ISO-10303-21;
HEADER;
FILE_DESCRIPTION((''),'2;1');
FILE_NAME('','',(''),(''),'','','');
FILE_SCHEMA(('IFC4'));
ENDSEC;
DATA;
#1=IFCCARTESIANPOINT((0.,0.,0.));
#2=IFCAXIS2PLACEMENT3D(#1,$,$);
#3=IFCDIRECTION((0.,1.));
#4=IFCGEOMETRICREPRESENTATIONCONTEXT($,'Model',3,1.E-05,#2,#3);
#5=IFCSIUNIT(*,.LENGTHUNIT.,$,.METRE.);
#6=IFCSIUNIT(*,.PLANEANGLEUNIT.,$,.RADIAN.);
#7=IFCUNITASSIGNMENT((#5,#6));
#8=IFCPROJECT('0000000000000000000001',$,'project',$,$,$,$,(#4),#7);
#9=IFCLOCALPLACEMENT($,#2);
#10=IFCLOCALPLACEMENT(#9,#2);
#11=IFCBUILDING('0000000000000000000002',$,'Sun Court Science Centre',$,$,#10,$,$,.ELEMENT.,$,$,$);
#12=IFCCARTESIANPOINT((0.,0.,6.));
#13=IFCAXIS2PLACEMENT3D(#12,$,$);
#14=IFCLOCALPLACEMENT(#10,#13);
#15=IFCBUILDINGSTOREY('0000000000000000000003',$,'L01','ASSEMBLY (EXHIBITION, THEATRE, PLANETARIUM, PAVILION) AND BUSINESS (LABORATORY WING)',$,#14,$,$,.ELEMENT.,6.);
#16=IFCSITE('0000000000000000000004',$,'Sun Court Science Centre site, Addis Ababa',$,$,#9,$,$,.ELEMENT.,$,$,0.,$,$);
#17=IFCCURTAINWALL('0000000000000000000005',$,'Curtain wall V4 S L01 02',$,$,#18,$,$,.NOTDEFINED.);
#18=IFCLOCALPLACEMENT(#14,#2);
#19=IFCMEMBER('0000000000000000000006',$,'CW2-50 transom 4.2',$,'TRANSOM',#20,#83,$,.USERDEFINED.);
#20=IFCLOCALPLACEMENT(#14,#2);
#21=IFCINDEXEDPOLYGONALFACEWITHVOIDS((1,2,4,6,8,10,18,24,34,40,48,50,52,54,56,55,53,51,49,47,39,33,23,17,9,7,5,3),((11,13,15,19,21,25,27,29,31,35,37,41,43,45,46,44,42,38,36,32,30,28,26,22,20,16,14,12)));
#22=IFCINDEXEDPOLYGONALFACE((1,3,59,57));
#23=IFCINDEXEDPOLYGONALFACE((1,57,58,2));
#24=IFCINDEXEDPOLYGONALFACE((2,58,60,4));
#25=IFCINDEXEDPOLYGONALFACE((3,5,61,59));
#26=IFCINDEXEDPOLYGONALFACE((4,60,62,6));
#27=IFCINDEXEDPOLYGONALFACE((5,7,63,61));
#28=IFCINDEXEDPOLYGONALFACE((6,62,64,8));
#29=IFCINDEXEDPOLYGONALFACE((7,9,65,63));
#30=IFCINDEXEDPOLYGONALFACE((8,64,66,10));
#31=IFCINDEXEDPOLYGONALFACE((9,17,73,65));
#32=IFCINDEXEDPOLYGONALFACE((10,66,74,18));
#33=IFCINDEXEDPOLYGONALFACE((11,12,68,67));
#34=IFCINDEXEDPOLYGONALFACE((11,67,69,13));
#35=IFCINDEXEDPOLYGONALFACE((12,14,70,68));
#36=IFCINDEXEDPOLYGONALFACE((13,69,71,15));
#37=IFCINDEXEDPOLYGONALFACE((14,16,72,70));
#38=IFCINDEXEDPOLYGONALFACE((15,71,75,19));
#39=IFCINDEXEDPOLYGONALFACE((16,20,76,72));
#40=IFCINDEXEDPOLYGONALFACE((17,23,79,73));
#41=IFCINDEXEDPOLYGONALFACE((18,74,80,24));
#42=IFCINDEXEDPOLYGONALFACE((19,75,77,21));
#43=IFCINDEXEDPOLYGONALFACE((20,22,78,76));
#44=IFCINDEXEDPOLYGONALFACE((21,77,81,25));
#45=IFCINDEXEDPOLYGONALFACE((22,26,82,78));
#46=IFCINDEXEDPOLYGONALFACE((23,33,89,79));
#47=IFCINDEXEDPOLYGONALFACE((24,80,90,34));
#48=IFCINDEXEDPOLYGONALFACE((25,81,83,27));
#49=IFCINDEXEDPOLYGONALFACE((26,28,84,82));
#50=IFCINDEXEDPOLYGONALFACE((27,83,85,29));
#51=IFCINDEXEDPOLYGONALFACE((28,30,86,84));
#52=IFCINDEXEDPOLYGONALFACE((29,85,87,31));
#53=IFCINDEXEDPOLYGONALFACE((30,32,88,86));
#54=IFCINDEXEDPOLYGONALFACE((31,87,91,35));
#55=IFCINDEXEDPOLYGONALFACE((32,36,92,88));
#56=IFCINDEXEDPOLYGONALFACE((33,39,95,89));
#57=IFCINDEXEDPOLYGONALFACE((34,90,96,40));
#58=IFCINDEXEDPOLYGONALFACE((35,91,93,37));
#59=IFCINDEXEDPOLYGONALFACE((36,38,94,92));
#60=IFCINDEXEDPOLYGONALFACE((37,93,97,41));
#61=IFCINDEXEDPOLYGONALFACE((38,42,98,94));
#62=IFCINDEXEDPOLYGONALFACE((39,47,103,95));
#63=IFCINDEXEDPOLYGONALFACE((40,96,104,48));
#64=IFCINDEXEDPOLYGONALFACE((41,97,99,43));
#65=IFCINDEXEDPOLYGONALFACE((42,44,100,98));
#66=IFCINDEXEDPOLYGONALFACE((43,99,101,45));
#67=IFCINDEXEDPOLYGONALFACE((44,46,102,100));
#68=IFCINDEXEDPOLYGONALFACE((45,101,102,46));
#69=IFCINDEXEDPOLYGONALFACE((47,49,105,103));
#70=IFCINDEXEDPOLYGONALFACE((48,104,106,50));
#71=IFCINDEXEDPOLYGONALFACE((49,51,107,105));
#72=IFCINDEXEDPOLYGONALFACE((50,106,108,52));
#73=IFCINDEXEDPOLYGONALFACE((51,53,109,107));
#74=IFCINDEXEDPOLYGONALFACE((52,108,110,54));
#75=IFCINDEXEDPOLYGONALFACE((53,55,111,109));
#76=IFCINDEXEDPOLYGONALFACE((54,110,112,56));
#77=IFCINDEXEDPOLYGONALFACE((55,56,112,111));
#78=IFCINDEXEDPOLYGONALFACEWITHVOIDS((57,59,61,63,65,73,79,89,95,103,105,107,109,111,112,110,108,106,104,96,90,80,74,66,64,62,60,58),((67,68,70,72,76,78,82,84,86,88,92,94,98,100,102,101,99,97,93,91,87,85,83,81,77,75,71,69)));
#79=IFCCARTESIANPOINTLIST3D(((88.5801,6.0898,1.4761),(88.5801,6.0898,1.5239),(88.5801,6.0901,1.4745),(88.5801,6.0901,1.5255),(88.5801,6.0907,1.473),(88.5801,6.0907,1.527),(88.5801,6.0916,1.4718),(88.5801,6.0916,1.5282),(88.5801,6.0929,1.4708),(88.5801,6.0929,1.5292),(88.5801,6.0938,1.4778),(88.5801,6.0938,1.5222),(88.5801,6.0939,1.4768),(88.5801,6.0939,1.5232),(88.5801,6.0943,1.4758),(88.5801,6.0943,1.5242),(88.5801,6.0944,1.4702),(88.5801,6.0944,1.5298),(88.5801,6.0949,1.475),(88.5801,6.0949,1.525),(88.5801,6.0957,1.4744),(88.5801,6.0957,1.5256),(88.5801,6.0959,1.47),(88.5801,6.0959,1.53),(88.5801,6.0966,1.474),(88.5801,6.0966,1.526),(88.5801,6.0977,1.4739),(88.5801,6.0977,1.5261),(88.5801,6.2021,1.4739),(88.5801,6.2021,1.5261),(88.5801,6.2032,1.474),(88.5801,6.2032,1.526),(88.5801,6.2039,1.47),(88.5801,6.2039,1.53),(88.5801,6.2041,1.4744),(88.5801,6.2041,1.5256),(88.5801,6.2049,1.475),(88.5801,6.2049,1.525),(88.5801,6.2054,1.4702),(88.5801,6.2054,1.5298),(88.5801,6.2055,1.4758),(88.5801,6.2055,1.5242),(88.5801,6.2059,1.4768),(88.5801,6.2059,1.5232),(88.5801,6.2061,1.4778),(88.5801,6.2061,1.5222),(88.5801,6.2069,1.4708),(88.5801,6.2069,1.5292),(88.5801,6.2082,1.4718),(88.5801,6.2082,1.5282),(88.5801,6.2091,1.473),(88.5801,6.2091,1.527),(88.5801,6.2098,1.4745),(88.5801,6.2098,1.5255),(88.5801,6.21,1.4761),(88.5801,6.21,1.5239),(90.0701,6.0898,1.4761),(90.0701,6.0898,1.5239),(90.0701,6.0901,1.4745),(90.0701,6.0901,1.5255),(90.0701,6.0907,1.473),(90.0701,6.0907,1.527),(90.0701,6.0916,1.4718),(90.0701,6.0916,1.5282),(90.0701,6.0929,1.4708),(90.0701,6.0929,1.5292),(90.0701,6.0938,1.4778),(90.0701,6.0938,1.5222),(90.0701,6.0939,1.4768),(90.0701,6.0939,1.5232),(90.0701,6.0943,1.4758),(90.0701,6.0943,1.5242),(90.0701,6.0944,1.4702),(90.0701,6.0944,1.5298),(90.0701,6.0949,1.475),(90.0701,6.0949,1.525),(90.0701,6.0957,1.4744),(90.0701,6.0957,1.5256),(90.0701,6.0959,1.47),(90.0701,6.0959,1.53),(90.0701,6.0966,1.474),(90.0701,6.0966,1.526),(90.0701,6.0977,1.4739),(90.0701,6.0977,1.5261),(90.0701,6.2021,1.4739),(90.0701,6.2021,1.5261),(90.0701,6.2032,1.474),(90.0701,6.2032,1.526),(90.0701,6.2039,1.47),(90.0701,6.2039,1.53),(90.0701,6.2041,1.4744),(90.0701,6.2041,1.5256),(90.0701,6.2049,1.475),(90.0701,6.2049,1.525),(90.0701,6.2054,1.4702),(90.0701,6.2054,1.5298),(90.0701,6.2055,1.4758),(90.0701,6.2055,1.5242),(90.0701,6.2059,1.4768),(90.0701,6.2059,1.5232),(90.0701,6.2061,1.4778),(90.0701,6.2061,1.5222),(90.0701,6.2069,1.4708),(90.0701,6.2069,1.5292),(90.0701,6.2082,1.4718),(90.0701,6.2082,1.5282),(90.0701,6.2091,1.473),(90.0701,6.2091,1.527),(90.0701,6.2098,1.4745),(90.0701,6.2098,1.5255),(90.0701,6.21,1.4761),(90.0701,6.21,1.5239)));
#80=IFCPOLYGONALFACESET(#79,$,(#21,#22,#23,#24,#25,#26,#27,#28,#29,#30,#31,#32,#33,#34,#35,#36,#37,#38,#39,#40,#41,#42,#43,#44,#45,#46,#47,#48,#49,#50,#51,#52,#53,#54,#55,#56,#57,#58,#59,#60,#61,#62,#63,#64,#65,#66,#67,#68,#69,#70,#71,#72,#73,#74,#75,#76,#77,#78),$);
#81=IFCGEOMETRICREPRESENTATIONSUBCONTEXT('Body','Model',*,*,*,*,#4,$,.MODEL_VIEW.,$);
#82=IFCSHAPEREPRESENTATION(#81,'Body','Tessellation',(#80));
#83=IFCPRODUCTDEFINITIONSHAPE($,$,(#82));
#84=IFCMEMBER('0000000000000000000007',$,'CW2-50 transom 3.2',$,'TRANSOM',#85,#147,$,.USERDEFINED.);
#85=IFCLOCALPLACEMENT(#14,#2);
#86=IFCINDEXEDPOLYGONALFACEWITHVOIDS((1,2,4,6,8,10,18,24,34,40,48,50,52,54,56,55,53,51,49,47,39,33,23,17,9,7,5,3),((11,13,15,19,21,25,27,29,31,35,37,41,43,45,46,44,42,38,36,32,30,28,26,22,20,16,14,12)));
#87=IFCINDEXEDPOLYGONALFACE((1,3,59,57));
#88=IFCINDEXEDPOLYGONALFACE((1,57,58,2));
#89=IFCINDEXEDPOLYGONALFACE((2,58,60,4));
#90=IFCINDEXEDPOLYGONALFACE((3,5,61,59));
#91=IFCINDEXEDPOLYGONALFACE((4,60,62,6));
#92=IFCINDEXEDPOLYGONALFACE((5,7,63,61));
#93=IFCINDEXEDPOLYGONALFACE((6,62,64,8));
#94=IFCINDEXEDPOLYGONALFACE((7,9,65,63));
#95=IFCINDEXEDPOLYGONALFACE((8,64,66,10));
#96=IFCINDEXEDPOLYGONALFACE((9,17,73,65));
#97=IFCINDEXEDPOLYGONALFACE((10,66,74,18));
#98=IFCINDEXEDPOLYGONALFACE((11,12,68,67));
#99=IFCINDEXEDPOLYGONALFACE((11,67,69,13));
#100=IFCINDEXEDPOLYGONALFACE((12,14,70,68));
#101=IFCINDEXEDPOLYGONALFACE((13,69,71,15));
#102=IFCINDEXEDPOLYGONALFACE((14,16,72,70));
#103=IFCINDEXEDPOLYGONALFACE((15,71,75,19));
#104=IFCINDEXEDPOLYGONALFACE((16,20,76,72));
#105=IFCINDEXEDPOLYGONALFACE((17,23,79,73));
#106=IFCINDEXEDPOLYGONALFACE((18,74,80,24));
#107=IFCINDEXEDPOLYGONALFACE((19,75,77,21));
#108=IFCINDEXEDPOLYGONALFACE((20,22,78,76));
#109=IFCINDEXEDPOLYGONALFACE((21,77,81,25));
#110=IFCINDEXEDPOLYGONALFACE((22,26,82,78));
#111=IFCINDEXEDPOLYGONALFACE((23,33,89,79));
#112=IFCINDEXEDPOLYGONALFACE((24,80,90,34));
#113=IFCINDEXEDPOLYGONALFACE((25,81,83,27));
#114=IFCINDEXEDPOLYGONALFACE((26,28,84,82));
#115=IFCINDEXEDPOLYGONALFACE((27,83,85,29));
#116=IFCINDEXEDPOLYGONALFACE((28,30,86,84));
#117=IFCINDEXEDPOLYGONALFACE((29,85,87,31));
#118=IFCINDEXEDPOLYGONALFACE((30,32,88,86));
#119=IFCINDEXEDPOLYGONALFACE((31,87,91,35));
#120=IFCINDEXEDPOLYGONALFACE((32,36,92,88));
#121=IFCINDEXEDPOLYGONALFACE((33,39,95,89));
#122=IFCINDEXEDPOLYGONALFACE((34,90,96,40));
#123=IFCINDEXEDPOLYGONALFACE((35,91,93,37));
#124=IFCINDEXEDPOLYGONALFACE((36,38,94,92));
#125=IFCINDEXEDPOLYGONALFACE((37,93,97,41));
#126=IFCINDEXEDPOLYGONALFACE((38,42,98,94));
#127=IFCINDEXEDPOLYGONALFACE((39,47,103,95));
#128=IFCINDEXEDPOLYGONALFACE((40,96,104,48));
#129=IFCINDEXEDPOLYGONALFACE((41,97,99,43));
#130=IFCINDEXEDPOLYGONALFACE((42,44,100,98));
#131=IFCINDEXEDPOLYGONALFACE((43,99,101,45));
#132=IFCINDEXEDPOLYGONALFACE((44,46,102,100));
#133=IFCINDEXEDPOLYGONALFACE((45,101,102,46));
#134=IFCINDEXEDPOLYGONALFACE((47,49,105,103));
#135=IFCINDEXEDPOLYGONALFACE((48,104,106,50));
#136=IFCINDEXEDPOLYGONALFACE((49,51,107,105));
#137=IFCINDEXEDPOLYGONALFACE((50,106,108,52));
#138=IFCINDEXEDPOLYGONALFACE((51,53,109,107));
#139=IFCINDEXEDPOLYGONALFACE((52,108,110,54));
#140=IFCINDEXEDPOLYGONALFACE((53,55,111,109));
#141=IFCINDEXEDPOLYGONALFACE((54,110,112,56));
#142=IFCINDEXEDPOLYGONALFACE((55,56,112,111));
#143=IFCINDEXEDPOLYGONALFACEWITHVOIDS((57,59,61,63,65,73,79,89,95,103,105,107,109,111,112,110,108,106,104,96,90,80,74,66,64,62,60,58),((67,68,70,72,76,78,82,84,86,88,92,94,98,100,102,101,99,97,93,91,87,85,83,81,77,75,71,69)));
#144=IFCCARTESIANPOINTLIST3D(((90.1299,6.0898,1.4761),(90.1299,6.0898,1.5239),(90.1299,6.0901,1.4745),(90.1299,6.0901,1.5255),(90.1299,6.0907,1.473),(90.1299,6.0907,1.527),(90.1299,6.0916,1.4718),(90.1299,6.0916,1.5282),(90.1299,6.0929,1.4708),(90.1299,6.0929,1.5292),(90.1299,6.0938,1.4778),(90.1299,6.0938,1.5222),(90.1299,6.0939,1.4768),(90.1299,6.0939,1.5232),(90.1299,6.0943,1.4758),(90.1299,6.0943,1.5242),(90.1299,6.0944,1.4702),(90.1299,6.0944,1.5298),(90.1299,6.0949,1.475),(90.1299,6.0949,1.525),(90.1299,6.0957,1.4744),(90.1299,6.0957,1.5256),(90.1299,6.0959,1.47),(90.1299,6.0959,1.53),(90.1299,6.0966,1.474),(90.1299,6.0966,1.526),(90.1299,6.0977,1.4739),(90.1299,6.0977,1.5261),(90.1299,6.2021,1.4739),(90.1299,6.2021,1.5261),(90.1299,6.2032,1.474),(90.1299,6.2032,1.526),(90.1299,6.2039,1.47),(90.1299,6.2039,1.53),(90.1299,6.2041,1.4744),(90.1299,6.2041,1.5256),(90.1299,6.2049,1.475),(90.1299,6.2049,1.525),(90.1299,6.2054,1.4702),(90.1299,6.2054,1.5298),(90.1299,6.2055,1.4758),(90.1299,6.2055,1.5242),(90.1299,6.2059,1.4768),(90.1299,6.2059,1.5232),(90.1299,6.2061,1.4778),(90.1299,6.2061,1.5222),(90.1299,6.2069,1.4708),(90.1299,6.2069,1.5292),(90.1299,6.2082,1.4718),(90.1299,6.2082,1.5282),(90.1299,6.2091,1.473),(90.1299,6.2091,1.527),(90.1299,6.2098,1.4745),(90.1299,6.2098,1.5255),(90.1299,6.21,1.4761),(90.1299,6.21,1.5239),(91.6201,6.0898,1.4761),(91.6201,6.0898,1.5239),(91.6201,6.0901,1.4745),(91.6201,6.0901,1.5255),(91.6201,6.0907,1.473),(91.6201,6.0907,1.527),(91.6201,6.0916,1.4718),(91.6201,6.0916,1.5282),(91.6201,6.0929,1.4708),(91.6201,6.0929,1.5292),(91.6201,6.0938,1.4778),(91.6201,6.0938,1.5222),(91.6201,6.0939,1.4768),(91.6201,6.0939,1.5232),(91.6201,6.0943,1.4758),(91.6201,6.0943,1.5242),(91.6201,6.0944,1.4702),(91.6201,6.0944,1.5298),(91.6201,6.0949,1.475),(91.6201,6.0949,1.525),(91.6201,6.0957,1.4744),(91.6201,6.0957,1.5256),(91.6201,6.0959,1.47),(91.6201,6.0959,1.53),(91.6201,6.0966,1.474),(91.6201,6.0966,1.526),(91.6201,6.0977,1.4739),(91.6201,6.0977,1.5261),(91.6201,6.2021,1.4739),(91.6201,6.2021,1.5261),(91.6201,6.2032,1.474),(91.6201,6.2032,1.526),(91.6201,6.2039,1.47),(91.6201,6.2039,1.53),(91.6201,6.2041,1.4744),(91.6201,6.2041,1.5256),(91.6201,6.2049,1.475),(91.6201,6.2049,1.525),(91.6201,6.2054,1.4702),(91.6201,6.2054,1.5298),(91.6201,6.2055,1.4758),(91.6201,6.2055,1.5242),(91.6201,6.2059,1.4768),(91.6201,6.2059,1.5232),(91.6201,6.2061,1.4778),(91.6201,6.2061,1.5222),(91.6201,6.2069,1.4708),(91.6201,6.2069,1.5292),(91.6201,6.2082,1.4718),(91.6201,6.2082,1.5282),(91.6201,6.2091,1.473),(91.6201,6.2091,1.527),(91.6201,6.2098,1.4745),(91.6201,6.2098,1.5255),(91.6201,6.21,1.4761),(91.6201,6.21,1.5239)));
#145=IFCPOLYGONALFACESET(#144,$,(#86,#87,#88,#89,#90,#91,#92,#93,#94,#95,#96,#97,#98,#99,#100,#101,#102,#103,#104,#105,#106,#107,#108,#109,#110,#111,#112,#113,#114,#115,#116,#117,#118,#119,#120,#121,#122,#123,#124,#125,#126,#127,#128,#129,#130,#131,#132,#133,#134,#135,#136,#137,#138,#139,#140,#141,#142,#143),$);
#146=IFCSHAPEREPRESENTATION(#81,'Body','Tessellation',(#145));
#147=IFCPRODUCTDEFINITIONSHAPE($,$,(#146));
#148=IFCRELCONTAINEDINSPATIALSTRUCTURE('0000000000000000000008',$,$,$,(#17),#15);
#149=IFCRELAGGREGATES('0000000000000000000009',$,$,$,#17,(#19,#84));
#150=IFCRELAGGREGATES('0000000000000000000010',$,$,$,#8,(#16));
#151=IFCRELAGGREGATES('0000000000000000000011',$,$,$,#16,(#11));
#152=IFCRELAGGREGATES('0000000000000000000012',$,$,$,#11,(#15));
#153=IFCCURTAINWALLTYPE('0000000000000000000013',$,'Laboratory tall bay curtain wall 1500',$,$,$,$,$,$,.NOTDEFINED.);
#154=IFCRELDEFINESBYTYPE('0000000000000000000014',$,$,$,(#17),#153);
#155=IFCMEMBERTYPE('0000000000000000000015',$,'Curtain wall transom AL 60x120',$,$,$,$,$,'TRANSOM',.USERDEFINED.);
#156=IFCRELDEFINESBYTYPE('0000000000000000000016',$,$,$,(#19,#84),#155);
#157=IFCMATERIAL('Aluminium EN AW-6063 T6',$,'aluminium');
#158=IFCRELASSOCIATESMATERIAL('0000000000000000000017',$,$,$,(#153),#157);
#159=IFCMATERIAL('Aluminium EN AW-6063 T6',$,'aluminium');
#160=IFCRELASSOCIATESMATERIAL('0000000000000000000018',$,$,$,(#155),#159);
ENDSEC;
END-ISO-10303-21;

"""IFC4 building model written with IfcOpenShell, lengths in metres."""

from ifc_helpers import new_model, si_unit, direction, frame, origin, origin_2d, place, context, subcontext, project, spatial, hollow_rectangle, extrude, material, material_profile, profile_set, type_object, element, aggregate, save


model = new_model("IFC4")

# Units and contexts
model_context = context("Model", 3, precision=1e-05, world=origin(), true_north=direction((0.0, 1.0)))
body_context = subcontext(model_context, "Body", "Model", "MODEL_VIEW")
ifc_project = project(units=[si_unit("LENGTHUNIT", "METRE"), si_unit("PLANEANGLEUNIT", "RADIAN")], contexts=[model_context])

# Site, building, storey
site_placement = place(None, origin())
site = spatial("IfcSite", under=ifc_project, at=site_placement, Name="Sun Court Science Centre site, Addis Ababa", CompositionType="ELEMENT", RefElevation=0.0)
building_placement = place(site_placement, origin())
building = spatial("IfcBuilding", under=site, at=building_placement, Name="Sun Court Science Centre", CompositionType="ELEMENT")
storey_placement = place(building_placement, frame((0.0, 0.0, 6.0)))
storey = spatial("IfcBuildingStorey", under=building, at=storey_placement, Name="L01", Description="ASSEMBLY (EXHIBITION, THEATRE, PLANETARIUM, PAVILION) AND BUSINESS (LABORATORY WING)", CompositionType="ELEMENT", Elevation=6.0)

# Curtain wall, members
ifc_material_1 = material(Name="Aluminium EN AW-6063 T6", Category="aluminium")
curtain_wall_type = type_object("IfcCurtainWallType", Name="Laboratory tall bay curtain wall 1500", PredefinedType="NOTDEFINED", material=ifc_material_1)
curtain_wall_placement = place(storey_placement, origin())
curtain_wall = element("IfcCurtainWall", 1, at=curtain_wall_placement, inside=storey, type_object=curtain_wall_type, Name="Curtain wall V4 S L01 02", PredefinedType="NOTDEFINED")
ifc_material_2 = material(Name="Aluminium EN AW-6063 T6", Category="aluminium")
ifc_material_profile_1 = material_profile(ifc_material_2, hollow_rectangle(XDim=0.0601, YDim=0.1201, WallThickness=0.0039, InnerFilletRadius=0.0039, OuterFilletRadius=0.0061, at=origin_2d()), Name="AL 60x120x4")
ifc_profile_set_1 = profile_set([ifc_material_profile_1], Name="Aluminium EN AW-6063 T6")
member_type_1 = type_object("IfcMemberType", Name="Curtain wall transom AL 60x120", ElementType="TRANSOM", PredefinedType="USERDEFINED", material=ifc_profile_set_1)
member_1_placement = place(storey_placement, frame((90.0701, 6.1499, 1.5), z_axis=(-1.0, 0.0, 0.0), x_axis=(0.0, 0.0, 1.0)))
member_1 = element("IfcMember", 2, at=member_1_placement, type_object=member_type_1, Name="CW2-50 transom 4.2", ObjectType="TRANSOM", PredefinedType="USERDEFINED", context=body_context, shape_type="SweptSolid", body=[
    extrude(hollow_rectangle(XDim=0.0601, YDim=0.1201, WallThickness=0.0039, InnerFilletRadius=0.0039, OuterFilletRadius=0.0061, at=origin_2d()), origin(), (0.0, 0.0, 1.0), 1.49),
])
member_2_placement = place(storey_placement, frame((91.6201, 6.1499, 1.5), z_axis=(-1.0, 0.0, 0.0), x_axis=(0.0, 0.0, 1.0)))
member_2 = element("IfcMember", 3, at=member_2_placement, type_object=member_type_1, Name="CW2-50 transom 3.2", ObjectType="TRANSOM", PredefinedType="USERDEFINED", context=body_context, shape_type="SweptSolid", body=[
    extrude(hollow_rectangle(XDim=0.0601, YDim=0.1201, WallThickness=0.0039, InnerFilletRadius=0.0039, OuterFilletRadius=0.0061, at=origin_2d()), origin(), (0.0, 0.0, 1.0), 1.4902),
])

aggregate(curtain_wall, [member_1, member_2])

save(model, "model.ifc")
